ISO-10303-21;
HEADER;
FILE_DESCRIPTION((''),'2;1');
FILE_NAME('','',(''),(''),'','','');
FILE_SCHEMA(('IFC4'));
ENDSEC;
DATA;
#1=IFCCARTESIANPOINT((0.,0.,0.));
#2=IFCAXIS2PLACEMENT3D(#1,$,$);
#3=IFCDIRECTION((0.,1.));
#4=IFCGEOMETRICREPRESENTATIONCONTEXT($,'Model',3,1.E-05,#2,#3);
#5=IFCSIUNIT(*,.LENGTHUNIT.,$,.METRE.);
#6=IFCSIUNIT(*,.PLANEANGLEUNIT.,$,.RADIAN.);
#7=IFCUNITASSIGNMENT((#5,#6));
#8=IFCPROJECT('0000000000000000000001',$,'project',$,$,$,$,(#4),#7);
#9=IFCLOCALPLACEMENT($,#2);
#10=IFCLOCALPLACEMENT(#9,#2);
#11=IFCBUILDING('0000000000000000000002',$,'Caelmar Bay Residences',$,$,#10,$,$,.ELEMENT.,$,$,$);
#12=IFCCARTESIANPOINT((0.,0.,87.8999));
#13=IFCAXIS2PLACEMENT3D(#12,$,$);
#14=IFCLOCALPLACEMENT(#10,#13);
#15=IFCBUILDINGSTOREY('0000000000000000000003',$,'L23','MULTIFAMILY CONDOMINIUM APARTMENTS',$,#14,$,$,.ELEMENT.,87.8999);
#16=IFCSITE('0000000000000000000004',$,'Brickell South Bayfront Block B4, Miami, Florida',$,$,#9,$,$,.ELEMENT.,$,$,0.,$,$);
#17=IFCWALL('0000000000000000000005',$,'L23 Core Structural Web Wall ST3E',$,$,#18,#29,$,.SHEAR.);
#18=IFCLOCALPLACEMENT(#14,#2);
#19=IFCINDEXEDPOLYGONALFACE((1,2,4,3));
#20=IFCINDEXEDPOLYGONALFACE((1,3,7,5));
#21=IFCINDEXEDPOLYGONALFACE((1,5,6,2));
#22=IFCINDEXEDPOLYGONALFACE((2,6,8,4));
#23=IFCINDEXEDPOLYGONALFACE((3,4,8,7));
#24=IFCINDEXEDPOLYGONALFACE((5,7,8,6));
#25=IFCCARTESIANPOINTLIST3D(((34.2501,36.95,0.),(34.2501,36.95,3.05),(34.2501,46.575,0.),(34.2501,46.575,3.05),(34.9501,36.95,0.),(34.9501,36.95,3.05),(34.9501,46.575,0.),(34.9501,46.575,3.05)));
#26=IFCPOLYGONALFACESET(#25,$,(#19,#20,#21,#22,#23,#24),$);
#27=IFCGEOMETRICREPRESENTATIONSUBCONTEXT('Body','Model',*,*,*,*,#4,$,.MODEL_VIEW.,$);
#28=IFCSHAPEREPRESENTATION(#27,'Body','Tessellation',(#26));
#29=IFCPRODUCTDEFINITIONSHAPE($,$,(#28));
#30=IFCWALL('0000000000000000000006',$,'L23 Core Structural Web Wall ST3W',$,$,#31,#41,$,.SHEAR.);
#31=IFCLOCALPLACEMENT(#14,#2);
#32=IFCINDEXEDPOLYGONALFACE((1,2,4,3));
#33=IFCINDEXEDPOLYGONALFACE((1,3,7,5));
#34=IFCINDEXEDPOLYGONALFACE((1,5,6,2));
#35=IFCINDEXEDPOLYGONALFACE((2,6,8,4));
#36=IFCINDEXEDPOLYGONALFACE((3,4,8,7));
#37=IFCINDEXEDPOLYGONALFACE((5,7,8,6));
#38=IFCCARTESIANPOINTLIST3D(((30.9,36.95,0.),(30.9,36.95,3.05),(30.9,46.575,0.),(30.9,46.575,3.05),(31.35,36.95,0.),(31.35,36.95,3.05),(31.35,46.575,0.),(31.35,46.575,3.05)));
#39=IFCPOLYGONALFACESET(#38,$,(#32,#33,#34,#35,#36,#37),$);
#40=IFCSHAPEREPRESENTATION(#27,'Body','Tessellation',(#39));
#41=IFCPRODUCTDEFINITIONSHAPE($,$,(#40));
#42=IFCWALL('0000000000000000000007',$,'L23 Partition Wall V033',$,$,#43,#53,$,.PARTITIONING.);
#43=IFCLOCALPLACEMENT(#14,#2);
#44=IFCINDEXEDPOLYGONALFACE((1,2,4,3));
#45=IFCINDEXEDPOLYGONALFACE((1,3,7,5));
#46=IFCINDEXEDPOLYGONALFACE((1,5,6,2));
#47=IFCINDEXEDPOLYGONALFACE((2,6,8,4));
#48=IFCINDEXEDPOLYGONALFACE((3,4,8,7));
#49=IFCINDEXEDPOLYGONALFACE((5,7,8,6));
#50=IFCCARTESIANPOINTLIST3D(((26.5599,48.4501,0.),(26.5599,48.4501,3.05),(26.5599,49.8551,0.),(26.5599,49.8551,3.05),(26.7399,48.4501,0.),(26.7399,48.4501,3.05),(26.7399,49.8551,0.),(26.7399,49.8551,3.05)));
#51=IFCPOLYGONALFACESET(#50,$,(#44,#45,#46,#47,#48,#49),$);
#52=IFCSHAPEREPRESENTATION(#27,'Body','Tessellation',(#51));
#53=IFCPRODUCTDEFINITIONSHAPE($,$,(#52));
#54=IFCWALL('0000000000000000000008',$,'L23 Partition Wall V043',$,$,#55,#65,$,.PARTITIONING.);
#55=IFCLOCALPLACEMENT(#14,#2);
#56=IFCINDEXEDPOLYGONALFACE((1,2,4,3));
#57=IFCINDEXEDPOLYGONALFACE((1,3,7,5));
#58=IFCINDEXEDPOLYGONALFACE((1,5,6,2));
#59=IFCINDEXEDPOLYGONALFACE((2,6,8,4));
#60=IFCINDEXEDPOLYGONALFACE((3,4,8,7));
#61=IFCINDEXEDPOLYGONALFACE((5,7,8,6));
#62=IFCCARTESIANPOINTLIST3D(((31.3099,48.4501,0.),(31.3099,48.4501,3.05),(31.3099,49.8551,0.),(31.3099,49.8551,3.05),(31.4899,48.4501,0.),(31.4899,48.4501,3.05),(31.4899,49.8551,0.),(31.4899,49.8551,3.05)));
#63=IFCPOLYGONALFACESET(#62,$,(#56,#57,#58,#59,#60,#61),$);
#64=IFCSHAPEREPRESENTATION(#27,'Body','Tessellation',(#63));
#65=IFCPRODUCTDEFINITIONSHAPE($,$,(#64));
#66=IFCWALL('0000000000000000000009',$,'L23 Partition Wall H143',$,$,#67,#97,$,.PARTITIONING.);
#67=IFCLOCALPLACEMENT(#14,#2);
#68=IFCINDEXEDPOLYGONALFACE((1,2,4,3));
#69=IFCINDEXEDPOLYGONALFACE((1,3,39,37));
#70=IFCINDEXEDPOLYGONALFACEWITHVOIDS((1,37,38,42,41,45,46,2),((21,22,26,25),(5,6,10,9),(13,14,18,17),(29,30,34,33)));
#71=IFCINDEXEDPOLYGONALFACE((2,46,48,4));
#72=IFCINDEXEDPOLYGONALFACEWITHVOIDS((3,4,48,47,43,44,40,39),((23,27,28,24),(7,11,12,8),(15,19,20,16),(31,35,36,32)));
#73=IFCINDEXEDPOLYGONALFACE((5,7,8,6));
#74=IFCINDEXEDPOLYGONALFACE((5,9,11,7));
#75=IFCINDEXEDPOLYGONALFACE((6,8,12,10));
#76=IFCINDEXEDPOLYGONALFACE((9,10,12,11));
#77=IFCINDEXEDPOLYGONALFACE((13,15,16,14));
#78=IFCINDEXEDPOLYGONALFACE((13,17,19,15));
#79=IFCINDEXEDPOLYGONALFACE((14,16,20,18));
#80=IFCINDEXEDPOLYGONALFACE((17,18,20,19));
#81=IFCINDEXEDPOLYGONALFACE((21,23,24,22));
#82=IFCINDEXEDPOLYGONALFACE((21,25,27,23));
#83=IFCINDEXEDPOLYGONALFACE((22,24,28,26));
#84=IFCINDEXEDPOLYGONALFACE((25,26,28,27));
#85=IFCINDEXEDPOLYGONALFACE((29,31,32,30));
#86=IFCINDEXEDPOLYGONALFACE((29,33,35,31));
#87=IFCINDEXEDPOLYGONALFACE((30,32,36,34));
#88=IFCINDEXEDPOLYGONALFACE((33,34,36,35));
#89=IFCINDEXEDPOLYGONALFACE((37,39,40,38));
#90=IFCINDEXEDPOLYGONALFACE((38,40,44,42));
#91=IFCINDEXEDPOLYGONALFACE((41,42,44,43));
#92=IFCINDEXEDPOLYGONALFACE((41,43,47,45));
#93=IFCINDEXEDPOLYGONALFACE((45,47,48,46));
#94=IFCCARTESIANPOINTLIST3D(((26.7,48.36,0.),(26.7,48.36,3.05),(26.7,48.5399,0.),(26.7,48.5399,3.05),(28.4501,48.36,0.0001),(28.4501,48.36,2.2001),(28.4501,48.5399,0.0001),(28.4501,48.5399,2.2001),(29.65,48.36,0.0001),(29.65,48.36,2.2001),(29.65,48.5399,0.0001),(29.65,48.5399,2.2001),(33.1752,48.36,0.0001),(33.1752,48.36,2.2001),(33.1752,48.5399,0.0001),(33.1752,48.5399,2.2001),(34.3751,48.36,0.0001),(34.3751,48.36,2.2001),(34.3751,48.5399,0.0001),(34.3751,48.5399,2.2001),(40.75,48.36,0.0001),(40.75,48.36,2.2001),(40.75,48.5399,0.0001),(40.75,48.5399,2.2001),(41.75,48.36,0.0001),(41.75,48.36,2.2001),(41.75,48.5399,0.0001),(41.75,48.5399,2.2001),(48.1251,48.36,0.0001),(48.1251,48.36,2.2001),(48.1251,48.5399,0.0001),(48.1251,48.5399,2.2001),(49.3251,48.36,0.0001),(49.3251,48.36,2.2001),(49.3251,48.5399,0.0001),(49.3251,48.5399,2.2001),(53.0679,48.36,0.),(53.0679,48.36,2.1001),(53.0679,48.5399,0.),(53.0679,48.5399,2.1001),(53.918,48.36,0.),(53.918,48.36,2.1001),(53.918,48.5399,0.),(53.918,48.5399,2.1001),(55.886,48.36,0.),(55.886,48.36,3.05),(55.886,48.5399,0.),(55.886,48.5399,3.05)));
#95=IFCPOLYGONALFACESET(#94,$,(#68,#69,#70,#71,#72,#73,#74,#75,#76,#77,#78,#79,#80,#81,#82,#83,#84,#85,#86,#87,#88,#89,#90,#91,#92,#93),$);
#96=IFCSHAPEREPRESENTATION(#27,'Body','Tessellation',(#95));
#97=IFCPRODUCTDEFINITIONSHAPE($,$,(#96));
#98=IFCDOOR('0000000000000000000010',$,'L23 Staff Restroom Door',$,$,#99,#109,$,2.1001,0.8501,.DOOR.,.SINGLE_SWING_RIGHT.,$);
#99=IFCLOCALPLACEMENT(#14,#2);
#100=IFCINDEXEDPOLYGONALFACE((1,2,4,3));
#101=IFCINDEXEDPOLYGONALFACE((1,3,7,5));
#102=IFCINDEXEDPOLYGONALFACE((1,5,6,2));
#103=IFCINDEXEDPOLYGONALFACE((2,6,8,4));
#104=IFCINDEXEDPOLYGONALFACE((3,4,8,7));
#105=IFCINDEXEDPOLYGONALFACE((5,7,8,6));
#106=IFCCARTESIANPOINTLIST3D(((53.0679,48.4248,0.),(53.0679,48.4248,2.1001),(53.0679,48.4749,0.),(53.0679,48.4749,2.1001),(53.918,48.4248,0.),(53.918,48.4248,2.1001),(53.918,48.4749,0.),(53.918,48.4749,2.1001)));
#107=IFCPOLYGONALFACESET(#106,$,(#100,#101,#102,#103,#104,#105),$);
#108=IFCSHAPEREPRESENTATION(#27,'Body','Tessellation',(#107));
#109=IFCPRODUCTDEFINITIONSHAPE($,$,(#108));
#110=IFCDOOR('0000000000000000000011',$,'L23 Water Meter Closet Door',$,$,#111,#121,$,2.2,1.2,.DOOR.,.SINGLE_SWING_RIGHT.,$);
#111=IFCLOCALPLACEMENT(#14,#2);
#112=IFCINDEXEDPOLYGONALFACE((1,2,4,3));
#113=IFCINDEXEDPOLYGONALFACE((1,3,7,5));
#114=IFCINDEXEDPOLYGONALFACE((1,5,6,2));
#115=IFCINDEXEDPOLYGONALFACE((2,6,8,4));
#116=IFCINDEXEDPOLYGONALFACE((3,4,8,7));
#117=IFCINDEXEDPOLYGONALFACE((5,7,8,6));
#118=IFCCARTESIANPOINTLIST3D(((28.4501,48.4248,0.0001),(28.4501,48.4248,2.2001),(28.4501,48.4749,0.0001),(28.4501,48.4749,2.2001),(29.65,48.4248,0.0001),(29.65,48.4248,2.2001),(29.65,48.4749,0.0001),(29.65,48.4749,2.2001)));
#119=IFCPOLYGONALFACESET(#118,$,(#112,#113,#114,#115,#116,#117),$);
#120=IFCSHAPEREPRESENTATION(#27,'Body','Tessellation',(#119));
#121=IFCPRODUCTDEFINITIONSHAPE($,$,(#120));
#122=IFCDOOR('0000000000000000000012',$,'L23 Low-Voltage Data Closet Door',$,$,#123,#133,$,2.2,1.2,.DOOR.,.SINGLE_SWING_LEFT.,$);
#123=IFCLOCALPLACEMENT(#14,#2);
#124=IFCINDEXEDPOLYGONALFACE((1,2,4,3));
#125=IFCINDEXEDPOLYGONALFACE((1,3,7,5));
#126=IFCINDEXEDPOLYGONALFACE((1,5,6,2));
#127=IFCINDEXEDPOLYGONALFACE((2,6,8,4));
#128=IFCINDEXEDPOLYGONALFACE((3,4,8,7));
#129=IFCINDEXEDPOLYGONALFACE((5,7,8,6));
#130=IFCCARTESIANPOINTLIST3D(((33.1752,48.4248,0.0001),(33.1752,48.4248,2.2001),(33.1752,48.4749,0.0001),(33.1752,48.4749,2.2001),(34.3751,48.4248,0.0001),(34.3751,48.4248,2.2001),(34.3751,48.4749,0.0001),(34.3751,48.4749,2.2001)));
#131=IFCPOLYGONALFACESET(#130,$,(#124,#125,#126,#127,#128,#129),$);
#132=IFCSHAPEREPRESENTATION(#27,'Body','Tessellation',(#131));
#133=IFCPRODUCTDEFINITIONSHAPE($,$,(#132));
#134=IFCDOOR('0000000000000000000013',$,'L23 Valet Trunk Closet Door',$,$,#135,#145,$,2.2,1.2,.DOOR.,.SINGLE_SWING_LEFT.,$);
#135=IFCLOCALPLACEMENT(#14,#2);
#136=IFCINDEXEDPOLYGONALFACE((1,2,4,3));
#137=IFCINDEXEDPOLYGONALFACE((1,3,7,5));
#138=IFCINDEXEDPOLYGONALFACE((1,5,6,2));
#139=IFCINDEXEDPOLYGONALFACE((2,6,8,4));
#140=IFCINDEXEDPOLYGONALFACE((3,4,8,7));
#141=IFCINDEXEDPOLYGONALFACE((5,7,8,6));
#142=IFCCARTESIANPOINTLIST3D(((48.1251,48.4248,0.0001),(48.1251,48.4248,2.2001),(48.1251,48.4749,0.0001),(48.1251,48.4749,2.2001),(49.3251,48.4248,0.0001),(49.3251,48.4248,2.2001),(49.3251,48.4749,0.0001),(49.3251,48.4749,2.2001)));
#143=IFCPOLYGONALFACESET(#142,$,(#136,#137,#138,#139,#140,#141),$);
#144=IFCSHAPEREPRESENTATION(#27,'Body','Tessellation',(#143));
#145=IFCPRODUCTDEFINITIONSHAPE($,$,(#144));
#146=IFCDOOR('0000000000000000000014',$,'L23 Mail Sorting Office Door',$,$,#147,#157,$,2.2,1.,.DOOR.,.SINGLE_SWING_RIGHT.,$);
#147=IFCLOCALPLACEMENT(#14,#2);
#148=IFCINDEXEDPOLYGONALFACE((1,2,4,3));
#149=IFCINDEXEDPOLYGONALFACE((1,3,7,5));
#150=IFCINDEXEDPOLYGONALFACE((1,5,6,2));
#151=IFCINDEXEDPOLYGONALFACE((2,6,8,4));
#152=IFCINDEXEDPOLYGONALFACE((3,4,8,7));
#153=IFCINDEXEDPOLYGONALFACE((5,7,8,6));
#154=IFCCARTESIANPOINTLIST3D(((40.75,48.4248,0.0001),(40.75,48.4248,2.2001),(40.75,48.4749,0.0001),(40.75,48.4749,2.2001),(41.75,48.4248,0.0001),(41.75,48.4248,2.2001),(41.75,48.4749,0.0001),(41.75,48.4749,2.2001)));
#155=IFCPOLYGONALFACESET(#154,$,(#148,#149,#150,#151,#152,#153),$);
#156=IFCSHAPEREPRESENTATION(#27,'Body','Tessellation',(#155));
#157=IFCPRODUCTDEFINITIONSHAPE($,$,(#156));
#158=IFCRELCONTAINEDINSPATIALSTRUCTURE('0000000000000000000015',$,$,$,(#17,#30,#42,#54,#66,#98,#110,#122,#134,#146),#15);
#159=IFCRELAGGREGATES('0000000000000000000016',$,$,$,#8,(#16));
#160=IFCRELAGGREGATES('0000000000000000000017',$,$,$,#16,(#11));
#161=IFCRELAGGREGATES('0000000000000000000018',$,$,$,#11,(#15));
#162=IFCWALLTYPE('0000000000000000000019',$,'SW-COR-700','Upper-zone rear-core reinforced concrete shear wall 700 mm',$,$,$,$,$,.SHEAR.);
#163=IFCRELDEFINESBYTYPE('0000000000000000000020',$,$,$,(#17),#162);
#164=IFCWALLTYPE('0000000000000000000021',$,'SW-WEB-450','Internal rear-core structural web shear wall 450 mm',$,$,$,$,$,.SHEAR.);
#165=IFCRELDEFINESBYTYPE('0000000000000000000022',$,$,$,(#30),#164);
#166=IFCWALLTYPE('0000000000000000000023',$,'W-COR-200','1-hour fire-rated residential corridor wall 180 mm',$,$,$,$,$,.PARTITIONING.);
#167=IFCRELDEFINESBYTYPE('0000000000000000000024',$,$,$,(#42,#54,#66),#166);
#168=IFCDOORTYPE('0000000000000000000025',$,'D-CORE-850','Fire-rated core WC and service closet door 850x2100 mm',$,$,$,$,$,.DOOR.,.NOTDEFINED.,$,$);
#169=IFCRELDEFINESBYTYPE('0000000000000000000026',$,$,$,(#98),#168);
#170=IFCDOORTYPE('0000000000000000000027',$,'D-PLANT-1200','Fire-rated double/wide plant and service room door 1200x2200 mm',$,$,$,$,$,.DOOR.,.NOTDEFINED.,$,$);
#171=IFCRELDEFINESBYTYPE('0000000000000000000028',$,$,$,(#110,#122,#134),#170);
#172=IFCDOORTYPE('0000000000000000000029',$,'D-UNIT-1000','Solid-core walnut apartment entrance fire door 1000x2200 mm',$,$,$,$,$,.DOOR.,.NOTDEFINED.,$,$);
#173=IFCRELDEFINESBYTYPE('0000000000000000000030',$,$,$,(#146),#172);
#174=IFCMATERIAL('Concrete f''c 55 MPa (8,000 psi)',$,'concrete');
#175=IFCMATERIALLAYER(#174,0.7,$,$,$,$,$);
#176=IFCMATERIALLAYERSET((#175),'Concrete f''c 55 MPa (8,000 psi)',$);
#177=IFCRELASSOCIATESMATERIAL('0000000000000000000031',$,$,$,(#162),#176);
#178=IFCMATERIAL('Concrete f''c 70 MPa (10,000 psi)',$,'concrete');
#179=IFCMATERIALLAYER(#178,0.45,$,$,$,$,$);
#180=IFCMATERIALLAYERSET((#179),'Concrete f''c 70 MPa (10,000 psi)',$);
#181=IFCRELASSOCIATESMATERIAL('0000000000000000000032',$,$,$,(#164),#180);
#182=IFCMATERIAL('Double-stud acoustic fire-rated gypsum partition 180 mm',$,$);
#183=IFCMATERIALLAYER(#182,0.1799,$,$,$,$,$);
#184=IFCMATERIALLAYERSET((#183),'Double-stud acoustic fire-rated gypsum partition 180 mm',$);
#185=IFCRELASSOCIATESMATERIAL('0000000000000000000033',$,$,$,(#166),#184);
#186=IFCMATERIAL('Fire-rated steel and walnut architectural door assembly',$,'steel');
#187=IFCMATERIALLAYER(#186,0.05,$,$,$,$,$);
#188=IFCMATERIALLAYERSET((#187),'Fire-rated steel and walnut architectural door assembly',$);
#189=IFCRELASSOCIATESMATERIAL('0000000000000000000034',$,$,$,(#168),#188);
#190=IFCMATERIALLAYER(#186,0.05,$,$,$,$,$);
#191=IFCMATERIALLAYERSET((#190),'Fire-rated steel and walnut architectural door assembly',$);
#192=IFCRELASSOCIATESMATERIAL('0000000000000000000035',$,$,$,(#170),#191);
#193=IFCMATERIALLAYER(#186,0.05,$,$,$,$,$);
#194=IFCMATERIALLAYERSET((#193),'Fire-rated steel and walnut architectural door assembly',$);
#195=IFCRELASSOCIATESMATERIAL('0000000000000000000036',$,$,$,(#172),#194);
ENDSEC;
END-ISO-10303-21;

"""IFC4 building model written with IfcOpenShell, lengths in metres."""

from ifc_helpers import new_model, si_unit, direction, frame, frame_2d, origin, place, context, subcontext, project, spatial, rectangle, extrude, material, layer, layer_set, type_object, element, fill, save


model = new_model("IFC4")

# Units and contexts
model_context = context("Model", 3, precision=1e-05, world=origin(), true_north=direction((0.0, 1.0)))
body_context = subcontext(model_context, "Body", "Model", "MODEL_VIEW")
ifc_project = project(units=[si_unit("LENGTHUNIT", "METRE"), si_unit("PLANEANGLEUNIT", "RADIAN")], contexts=[model_context])

# Site, building, storey
site_placement = place(None, origin())
site = spatial("IfcSite", under=ifc_project, at=site_placement, Name="Brickell South Bayfront Block B4, Miami, Florida", CompositionType="ELEMENT", RefElevation=0.0)
building_placement = place(site_placement, origin())
building = spatial("IfcBuilding", under=site, at=building_placement, Name="Caelmar Bay Residences", CompositionType="ELEMENT")
storey_placement = place(building_placement, frame((0.0, 0.0, 87.8999)))
storey = spatial("IfcBuildingStorey", under=building, at=storey_placement, Name="L23", Description="MULTIFAMILY CONDOMINIUM APARTMENTS", CompositionType="ELEMENT", Elevation=87.8999)

# Walls
ifc_material_1 = material(Name="Concrete f'c 55 MPa (8,000 psi)", Category="concrete")
ifc_layer_1 = layer(ifc_material_1, 0.7)
ifc_layer_set_1 = layer_set([ifc_layer_1], Name="Concrete f'c 55 MPa (8,000 psi)")
wall_type_1 = type_object("IfcWallType", Name="SW-COR-700", Description="Upper-zone rear-core reinforced concrete shear wall 700 mm", PredefinedType="SHEAR", material=ifc_layer_set_1)
wall_1_placement = place(storey_placement, frame((34.6001, 36.95, 0.0), z_axis=(0.0, 0.0, 1.0), x_axis=(0.0, 1.0, 0.0)))
element("IfcWall", 1, at=wall_1_placement, inside=storey, type_object=wall_type_1, Name="L23 Core Structural Web Wall ST3E", PredefinedType="SHEAR", context=body_context, shape_type="SweptSolid", body=[
    extrude(rectangle(XDim=9.625, YDim=0.7, at=frame_2d((4.8125, 0.0))), origin(), (0.0, 0.0, 1.0), 3.05),
])
ifc_material_2 = material(Name="Concrete f'c 70 MPa (10,000 psi)", Category="concrete")
ifc_layer_2 = layer(ifc_material_2, 0.45)
ifc_layer_set_2 = layer_set([ifc_layer_2], Name="Concrete f'c 70 MPa (10,000 psi)")
wall_type_2 = type_object("IfcWallType", Name="SW-WEB-450", Description="Internal rear-core structural web shear wall 450 mm", PredefinedType="SHEAR", material=ifc_layer_set_2)
wall_2_placement = place(storey_placement, frame((31.125, 36.95, 0.0), z_axis=(0.0, 0.0, 1.0), x_axis=(0.0, 1.0, 0.0)))
element("IfcWall", 2, at=wall_2_placement, inside=storey, type_object=wall_type_2, Name="L23 Core Structural Web Wall ST3W", PredefinedType="SHEAR", context=body_context, shape_type="SweptSolid", body=[
    extrude(rectangle(XDim=9.625, YDim=0.45, at=frame_2d((4.8125, 0.0))), origin(), (0.0, 0.0, 1.0), 3.05),
])
ifc_material_3 = material(Name="Double-stud acoustic fire-rated gypsum partition 180 mm")
ifc_layer_3 = layer(ifc_material_3, 0.1799)
ifc_layer_set_3 = layer_set([ifc_layer_3], Name="Double-stud acoustic fire-rated gypsum partition 180 mm")
wall_type_3 = type_object("IfcWallType", Name="W-COR-200", Description="1-hour fire-rated residential corridor wall 180 mm", PredefinedType="PARTITIONING", material=ifc_layer_set_3)
for number, where, z_axis, x_axis, name in (
    (3, (26.6499, 48.45, 0.0), (0.0, 0.0, 1.0), (0.0, 1.0, 0.0), "L23 Partition Wall V033"),
    (4, (31.3999, 48.45, 0.0), (0.0, 0.0, 1.0), (0.0, 1.0, 0.0), "L23 Partition Wall V043"),
):
    element("IfcWall", number, at=place(storey_placement, frame(where, z_axis=z_axis, x_axis=x_axis)), inside=storey, type_object=wall_type_3, Name=name, PredefinedType="PARTITIONING", context=body_context, shape_type="SweptSolid", body=[
        extrude(rectangle(XDim=1.405, YDim=0.1799, at=frame_2d((0.7026, 0.0))), origin(), (0.0, 0.0, 1.0), 3.05),
    ])

# Wall, openings, doors
wall_3_placement = place(storey_placement, frame((26.7, 48.45, 0.0), z_axis=(0.0, 0.0, 1.0), x_axis=(1.0, 0.0, 0.0)))
wall_3 = element("IfcWall", 5, at=wall_3_placement, inside=storey, type_object=wall_type_3, Name="L23 Partition Wall H143", PredefinedType="PARTITIONING", context=body_context, shape_type="SweptSolid", body=[
    extrude(rectangle(XDim=29.186, YDim=0.1799, at=frame_2d((14.593, 0.0))), origin(), (0.0, 0.0, 1.0), 3.05),
])
opening_1_placement = place(wall_3_placement, frame((1.75, 0.0, 0.0)))
opening_1 = element("IfcOpeningElement", 6, at=opening_1_placement, cuts=wall_3, PredefinedType="OPENING", context=body_context, shape_type="SweptSolid", body=[
    extrude(rectangle(XDim=1.2, YDim=2.2, at=frame_2d((0.6001, 1.1001))), frame((0.0, 0.0999, 0.0), z_axis=(0.0, -1.0, 0.0), x_axis=(1.0, 0.0, 0.0)), (0.0, 0.0, 1.0), 0.2),
])
opening_2_placement = place(wall_3_placement, frame((6.4751, 0.0, 0.0)))
opening_2 = element("IfcOpeningElement", 7, at=opening_2_placement, cuts=wall_3, PredefinedType="OPENING", context=body_context, shape_type="SweptSolid", body=[
    extrude(rectangle(XDim=1.2, YDim=2.2, at=frame_2d((0.6001, 1.1001))), frame((0.0, 0.0999, 0.0), z_axis=(0.0, -1.0, 0.0), x_axis=(1.0, 0.0, 0.0)), (0.0, 0.0, 1.0), 0.2),
])
opening_3_placement = place(wall_3_placement, frame((14.05, 0.0, 0.0)))
opening_3 = element("IfcOpeningElement", 8, at=opening_3_placement, cuts=wall_3, PredefinedType="OPENING", context=body_context, shape_type="SweptSolid", body=[
    extrude(rectangle(XDim=1.0, YDim=2.2, at=frame_2d((0.5, 1.1001))), frame((0.0, 0.0999, 0.0), z_axis=(0.0, -1.0, 0.0), x_axis=(1.0, 0.0, 0.0)), (0.0, 0.0, 1.0), 0.2),
])
opening_4_placement = place(wall_3_placement, frame((21.425, 0.0, 0.0)))
opening_4 = element("IfcOpeningElement", 9, at=opening_4_placement, cuts=wall_3, PredefinedType="OPENING", context=body_context, shape_type="SweptSolid", body=[
    extrude(rectangle(XDim=1.2, YDim=2.2, at=frame_2d((0.6001, 1.1001))), frame((0.0, 0.0999, 0.0), z_axis=(0.0, -1.0, 0.0), x_axis=(1.0, 0.0, 0.0)), (0.0, 0.0, 1.0), 0.2),
])
opening_5_placement = place(wall_3_placement, frame((26.3679, 0.0, 0.0)))
opening_5 = element("IfcOpeningElement", 10, at=opening_5_placement, cuts=wall_3, PredefinedType="OPENING", context=body_context, shape_type="SweptSolid", body=[
    extrude(rectangle(XDim=0.8501, YDim=2.1001, at=frame_2d((0.425, 1.05))), frame((0.0, 0.0999, 0.0), z_axis=(0.0, -1.0, 0.0), x_axis=(1.0, 0.0, 0.0)), (0.0, 0.0, 1.0), 0.2),
])
ifc_material_4 = material(Name="Fire-rated steel and walnut architectural door assembly", Category="steel")
ifc_layer_4 = layer(ifc_material_4, 0.05)
ifc_layer_set_4 = layer_set([ifc_layer_4], Name="Fire-rated steel and walnut architectural door assembly")
door_type_1 = type_object("IfcDoorType", Name="D-CORE-850", Description="Fire-rated core WC and service closet door 850x2100 mm", OperationType="NOTDEFINED", PredefinedType="DOOR", material=ifc_layer_set_4)
door_1_placement = place(opening_5_placement, origin())
door_1 = element("IfcDoor", 11, at=door_1_placement, inside=storey, type_object=door_type_1, Name="L23 Staff Restroom Door", OperationType="SINGLE_SWING_RIGHT", OverallHeight=2.1001, OverallWidth=0.8501, PredefinedType="DOOR", context=body_context, shape_type="SweptSolid", body=[
    extrude(rectangle(XDim=0.8501, YDim=2.1001, at=frame_2d((0.425, 1.05))), frame((0.0, 0.0249, 0.0), z_axis=(0.0, -1.0, 0.0), x_axis=(1.0, 0.0, 0.0)), (0.0, 0.0, 1.0), 0.05),
])
fill(opening_5, door_1)
ifc_layer_5 = layer(ifc_material_4, 0.05)
ifc_layer_set_5 = layer_set([ifc_layer_5], Name="Fire-rated steel and walnut architectural door assembly")
door_type_2 = type_object("IfcDoorType", Name="D-PLANT-1200", Description="Fire-rated double/wide plant and service room door 1200x2200 mm", OperationType="NOTDEFINED", PredefinedType="DOOR", material=ifc_layer_set_5)
door_2_placement = place(opening_1_placement, origin())
door_2 = element("IfcDoor", 12, at=door_2_placement, inside=storey, type_object=door_type_2, Name="L23 Water Meter Closet Door", OperationType="SINGLE_SWING_RIGHT", OverallHeight=2.2, OverallWidth=1.2, PredefinedType="DOOR", context=body_context, shape_type="SweptSolid", body=[
    extrude(rectangle(XDim=1.2, YDim=2.2, at=frame_2d((0.6001, 1.1001))), frame((0.0, 0.0249, 0.0), z_axis=(0.0, -1.0, 0.0), x_axis=(1.0, 0.0, 0.0)), (0.0, 0.0, 1.0), 0.05),
])
fill(opening_1, door_2)
door_3_placement = place(opening_2_placement, origin())
door_3 = element("IfcDoor", 13, at=door_3_placement, inside=storey, type_object=door_type_2, Name="L23 Low-Voltage Data Closet Door", OperationType="SINGLE_SWING_LEFT", OverallHeight=2.2, OverallWidth=1.2, PredefinedType="DOOR", context=body_context, shape_type="SweptSolid", body=[
    extrude(rectangle(XDim=1.2, YDim=2.2, at=frame_2d((0.6001, 1.1001))), frame((0.0, 0.0249, 0.0), z_axis=(0.0, -1.0, 0.0), x_axis=(1.0, 0.0, 0.0)), (0.0, 0.0, 1.0), 0.05),
])
fill(opening_2, door_3)
door_4_placement = place(opening_4_placement, origin())
door_4 = element("IfcDoor", 14, at=door_4_placement, inside=storey, type_object=door_type_2, Name="L23 Valet Trunk Closet Door", OperationType="SINGLE_SWING_LEFT", OverallHeight=2.2, OverallWidth=1.2, PredefinedType="DOOR", context=body_context, shape_type="SweptSolid", body=[
    extrude(rectangle(XDim=1.2, YDim=2.2, at=frame_2d((0.6001, 1.1001))), frame((0.0, 0.0249, 0.0), z_axis=(0.0, -1.0, 0.0), x_axis=(1.0, 0.0, 0.0)), (0.0, 0.0, 1.0), 0.05),
])
fill(opening_4, door_4)
ifc_layer_6 = layer(ifc_material_4, 0.05)
ifc_layer_set_6 = layer_set([ifc_layer_6], Name="Fire-rated steel and walnut architectural door assembly")
door_type_3 = type_object("IfcDoorType", Name="D-UNIT-1000", Description="Solid-core walnut apartment entrance fire door 1000x2200 mm", OperationType="NOTDEFINED", PredefinedType="DOOR", material=ifc_layer_set_6)
door_5_placement = place(opening_3_placement, origin())
door_5 = element("IfcDoor", 15, at=door_5_placement, inside=storey, type_object=door_type_3, Name="L23 Mail Sorting Office Door", OperationType="SINGLE_SWING_RIGHT", OverallHeight=2.2, OverallWidth=1.0, PredefinedType="DOOR", context=body_context, shape_type="SweptSolid", body=[
    extrude(rectangle(XDim=1.0, YDim=2.2, at=frame_2d((0.5, 1.1001))), frame((0.0, 0.0249, 0.0), z_axis=(0.0, -1.0, 0.0), x_axis=(1.0, 0.0, 0.0)), (0.0, 0.0, 1.0), 0.05),
])
fill(opening_3, door_5)

save(model, "model.ifc")
